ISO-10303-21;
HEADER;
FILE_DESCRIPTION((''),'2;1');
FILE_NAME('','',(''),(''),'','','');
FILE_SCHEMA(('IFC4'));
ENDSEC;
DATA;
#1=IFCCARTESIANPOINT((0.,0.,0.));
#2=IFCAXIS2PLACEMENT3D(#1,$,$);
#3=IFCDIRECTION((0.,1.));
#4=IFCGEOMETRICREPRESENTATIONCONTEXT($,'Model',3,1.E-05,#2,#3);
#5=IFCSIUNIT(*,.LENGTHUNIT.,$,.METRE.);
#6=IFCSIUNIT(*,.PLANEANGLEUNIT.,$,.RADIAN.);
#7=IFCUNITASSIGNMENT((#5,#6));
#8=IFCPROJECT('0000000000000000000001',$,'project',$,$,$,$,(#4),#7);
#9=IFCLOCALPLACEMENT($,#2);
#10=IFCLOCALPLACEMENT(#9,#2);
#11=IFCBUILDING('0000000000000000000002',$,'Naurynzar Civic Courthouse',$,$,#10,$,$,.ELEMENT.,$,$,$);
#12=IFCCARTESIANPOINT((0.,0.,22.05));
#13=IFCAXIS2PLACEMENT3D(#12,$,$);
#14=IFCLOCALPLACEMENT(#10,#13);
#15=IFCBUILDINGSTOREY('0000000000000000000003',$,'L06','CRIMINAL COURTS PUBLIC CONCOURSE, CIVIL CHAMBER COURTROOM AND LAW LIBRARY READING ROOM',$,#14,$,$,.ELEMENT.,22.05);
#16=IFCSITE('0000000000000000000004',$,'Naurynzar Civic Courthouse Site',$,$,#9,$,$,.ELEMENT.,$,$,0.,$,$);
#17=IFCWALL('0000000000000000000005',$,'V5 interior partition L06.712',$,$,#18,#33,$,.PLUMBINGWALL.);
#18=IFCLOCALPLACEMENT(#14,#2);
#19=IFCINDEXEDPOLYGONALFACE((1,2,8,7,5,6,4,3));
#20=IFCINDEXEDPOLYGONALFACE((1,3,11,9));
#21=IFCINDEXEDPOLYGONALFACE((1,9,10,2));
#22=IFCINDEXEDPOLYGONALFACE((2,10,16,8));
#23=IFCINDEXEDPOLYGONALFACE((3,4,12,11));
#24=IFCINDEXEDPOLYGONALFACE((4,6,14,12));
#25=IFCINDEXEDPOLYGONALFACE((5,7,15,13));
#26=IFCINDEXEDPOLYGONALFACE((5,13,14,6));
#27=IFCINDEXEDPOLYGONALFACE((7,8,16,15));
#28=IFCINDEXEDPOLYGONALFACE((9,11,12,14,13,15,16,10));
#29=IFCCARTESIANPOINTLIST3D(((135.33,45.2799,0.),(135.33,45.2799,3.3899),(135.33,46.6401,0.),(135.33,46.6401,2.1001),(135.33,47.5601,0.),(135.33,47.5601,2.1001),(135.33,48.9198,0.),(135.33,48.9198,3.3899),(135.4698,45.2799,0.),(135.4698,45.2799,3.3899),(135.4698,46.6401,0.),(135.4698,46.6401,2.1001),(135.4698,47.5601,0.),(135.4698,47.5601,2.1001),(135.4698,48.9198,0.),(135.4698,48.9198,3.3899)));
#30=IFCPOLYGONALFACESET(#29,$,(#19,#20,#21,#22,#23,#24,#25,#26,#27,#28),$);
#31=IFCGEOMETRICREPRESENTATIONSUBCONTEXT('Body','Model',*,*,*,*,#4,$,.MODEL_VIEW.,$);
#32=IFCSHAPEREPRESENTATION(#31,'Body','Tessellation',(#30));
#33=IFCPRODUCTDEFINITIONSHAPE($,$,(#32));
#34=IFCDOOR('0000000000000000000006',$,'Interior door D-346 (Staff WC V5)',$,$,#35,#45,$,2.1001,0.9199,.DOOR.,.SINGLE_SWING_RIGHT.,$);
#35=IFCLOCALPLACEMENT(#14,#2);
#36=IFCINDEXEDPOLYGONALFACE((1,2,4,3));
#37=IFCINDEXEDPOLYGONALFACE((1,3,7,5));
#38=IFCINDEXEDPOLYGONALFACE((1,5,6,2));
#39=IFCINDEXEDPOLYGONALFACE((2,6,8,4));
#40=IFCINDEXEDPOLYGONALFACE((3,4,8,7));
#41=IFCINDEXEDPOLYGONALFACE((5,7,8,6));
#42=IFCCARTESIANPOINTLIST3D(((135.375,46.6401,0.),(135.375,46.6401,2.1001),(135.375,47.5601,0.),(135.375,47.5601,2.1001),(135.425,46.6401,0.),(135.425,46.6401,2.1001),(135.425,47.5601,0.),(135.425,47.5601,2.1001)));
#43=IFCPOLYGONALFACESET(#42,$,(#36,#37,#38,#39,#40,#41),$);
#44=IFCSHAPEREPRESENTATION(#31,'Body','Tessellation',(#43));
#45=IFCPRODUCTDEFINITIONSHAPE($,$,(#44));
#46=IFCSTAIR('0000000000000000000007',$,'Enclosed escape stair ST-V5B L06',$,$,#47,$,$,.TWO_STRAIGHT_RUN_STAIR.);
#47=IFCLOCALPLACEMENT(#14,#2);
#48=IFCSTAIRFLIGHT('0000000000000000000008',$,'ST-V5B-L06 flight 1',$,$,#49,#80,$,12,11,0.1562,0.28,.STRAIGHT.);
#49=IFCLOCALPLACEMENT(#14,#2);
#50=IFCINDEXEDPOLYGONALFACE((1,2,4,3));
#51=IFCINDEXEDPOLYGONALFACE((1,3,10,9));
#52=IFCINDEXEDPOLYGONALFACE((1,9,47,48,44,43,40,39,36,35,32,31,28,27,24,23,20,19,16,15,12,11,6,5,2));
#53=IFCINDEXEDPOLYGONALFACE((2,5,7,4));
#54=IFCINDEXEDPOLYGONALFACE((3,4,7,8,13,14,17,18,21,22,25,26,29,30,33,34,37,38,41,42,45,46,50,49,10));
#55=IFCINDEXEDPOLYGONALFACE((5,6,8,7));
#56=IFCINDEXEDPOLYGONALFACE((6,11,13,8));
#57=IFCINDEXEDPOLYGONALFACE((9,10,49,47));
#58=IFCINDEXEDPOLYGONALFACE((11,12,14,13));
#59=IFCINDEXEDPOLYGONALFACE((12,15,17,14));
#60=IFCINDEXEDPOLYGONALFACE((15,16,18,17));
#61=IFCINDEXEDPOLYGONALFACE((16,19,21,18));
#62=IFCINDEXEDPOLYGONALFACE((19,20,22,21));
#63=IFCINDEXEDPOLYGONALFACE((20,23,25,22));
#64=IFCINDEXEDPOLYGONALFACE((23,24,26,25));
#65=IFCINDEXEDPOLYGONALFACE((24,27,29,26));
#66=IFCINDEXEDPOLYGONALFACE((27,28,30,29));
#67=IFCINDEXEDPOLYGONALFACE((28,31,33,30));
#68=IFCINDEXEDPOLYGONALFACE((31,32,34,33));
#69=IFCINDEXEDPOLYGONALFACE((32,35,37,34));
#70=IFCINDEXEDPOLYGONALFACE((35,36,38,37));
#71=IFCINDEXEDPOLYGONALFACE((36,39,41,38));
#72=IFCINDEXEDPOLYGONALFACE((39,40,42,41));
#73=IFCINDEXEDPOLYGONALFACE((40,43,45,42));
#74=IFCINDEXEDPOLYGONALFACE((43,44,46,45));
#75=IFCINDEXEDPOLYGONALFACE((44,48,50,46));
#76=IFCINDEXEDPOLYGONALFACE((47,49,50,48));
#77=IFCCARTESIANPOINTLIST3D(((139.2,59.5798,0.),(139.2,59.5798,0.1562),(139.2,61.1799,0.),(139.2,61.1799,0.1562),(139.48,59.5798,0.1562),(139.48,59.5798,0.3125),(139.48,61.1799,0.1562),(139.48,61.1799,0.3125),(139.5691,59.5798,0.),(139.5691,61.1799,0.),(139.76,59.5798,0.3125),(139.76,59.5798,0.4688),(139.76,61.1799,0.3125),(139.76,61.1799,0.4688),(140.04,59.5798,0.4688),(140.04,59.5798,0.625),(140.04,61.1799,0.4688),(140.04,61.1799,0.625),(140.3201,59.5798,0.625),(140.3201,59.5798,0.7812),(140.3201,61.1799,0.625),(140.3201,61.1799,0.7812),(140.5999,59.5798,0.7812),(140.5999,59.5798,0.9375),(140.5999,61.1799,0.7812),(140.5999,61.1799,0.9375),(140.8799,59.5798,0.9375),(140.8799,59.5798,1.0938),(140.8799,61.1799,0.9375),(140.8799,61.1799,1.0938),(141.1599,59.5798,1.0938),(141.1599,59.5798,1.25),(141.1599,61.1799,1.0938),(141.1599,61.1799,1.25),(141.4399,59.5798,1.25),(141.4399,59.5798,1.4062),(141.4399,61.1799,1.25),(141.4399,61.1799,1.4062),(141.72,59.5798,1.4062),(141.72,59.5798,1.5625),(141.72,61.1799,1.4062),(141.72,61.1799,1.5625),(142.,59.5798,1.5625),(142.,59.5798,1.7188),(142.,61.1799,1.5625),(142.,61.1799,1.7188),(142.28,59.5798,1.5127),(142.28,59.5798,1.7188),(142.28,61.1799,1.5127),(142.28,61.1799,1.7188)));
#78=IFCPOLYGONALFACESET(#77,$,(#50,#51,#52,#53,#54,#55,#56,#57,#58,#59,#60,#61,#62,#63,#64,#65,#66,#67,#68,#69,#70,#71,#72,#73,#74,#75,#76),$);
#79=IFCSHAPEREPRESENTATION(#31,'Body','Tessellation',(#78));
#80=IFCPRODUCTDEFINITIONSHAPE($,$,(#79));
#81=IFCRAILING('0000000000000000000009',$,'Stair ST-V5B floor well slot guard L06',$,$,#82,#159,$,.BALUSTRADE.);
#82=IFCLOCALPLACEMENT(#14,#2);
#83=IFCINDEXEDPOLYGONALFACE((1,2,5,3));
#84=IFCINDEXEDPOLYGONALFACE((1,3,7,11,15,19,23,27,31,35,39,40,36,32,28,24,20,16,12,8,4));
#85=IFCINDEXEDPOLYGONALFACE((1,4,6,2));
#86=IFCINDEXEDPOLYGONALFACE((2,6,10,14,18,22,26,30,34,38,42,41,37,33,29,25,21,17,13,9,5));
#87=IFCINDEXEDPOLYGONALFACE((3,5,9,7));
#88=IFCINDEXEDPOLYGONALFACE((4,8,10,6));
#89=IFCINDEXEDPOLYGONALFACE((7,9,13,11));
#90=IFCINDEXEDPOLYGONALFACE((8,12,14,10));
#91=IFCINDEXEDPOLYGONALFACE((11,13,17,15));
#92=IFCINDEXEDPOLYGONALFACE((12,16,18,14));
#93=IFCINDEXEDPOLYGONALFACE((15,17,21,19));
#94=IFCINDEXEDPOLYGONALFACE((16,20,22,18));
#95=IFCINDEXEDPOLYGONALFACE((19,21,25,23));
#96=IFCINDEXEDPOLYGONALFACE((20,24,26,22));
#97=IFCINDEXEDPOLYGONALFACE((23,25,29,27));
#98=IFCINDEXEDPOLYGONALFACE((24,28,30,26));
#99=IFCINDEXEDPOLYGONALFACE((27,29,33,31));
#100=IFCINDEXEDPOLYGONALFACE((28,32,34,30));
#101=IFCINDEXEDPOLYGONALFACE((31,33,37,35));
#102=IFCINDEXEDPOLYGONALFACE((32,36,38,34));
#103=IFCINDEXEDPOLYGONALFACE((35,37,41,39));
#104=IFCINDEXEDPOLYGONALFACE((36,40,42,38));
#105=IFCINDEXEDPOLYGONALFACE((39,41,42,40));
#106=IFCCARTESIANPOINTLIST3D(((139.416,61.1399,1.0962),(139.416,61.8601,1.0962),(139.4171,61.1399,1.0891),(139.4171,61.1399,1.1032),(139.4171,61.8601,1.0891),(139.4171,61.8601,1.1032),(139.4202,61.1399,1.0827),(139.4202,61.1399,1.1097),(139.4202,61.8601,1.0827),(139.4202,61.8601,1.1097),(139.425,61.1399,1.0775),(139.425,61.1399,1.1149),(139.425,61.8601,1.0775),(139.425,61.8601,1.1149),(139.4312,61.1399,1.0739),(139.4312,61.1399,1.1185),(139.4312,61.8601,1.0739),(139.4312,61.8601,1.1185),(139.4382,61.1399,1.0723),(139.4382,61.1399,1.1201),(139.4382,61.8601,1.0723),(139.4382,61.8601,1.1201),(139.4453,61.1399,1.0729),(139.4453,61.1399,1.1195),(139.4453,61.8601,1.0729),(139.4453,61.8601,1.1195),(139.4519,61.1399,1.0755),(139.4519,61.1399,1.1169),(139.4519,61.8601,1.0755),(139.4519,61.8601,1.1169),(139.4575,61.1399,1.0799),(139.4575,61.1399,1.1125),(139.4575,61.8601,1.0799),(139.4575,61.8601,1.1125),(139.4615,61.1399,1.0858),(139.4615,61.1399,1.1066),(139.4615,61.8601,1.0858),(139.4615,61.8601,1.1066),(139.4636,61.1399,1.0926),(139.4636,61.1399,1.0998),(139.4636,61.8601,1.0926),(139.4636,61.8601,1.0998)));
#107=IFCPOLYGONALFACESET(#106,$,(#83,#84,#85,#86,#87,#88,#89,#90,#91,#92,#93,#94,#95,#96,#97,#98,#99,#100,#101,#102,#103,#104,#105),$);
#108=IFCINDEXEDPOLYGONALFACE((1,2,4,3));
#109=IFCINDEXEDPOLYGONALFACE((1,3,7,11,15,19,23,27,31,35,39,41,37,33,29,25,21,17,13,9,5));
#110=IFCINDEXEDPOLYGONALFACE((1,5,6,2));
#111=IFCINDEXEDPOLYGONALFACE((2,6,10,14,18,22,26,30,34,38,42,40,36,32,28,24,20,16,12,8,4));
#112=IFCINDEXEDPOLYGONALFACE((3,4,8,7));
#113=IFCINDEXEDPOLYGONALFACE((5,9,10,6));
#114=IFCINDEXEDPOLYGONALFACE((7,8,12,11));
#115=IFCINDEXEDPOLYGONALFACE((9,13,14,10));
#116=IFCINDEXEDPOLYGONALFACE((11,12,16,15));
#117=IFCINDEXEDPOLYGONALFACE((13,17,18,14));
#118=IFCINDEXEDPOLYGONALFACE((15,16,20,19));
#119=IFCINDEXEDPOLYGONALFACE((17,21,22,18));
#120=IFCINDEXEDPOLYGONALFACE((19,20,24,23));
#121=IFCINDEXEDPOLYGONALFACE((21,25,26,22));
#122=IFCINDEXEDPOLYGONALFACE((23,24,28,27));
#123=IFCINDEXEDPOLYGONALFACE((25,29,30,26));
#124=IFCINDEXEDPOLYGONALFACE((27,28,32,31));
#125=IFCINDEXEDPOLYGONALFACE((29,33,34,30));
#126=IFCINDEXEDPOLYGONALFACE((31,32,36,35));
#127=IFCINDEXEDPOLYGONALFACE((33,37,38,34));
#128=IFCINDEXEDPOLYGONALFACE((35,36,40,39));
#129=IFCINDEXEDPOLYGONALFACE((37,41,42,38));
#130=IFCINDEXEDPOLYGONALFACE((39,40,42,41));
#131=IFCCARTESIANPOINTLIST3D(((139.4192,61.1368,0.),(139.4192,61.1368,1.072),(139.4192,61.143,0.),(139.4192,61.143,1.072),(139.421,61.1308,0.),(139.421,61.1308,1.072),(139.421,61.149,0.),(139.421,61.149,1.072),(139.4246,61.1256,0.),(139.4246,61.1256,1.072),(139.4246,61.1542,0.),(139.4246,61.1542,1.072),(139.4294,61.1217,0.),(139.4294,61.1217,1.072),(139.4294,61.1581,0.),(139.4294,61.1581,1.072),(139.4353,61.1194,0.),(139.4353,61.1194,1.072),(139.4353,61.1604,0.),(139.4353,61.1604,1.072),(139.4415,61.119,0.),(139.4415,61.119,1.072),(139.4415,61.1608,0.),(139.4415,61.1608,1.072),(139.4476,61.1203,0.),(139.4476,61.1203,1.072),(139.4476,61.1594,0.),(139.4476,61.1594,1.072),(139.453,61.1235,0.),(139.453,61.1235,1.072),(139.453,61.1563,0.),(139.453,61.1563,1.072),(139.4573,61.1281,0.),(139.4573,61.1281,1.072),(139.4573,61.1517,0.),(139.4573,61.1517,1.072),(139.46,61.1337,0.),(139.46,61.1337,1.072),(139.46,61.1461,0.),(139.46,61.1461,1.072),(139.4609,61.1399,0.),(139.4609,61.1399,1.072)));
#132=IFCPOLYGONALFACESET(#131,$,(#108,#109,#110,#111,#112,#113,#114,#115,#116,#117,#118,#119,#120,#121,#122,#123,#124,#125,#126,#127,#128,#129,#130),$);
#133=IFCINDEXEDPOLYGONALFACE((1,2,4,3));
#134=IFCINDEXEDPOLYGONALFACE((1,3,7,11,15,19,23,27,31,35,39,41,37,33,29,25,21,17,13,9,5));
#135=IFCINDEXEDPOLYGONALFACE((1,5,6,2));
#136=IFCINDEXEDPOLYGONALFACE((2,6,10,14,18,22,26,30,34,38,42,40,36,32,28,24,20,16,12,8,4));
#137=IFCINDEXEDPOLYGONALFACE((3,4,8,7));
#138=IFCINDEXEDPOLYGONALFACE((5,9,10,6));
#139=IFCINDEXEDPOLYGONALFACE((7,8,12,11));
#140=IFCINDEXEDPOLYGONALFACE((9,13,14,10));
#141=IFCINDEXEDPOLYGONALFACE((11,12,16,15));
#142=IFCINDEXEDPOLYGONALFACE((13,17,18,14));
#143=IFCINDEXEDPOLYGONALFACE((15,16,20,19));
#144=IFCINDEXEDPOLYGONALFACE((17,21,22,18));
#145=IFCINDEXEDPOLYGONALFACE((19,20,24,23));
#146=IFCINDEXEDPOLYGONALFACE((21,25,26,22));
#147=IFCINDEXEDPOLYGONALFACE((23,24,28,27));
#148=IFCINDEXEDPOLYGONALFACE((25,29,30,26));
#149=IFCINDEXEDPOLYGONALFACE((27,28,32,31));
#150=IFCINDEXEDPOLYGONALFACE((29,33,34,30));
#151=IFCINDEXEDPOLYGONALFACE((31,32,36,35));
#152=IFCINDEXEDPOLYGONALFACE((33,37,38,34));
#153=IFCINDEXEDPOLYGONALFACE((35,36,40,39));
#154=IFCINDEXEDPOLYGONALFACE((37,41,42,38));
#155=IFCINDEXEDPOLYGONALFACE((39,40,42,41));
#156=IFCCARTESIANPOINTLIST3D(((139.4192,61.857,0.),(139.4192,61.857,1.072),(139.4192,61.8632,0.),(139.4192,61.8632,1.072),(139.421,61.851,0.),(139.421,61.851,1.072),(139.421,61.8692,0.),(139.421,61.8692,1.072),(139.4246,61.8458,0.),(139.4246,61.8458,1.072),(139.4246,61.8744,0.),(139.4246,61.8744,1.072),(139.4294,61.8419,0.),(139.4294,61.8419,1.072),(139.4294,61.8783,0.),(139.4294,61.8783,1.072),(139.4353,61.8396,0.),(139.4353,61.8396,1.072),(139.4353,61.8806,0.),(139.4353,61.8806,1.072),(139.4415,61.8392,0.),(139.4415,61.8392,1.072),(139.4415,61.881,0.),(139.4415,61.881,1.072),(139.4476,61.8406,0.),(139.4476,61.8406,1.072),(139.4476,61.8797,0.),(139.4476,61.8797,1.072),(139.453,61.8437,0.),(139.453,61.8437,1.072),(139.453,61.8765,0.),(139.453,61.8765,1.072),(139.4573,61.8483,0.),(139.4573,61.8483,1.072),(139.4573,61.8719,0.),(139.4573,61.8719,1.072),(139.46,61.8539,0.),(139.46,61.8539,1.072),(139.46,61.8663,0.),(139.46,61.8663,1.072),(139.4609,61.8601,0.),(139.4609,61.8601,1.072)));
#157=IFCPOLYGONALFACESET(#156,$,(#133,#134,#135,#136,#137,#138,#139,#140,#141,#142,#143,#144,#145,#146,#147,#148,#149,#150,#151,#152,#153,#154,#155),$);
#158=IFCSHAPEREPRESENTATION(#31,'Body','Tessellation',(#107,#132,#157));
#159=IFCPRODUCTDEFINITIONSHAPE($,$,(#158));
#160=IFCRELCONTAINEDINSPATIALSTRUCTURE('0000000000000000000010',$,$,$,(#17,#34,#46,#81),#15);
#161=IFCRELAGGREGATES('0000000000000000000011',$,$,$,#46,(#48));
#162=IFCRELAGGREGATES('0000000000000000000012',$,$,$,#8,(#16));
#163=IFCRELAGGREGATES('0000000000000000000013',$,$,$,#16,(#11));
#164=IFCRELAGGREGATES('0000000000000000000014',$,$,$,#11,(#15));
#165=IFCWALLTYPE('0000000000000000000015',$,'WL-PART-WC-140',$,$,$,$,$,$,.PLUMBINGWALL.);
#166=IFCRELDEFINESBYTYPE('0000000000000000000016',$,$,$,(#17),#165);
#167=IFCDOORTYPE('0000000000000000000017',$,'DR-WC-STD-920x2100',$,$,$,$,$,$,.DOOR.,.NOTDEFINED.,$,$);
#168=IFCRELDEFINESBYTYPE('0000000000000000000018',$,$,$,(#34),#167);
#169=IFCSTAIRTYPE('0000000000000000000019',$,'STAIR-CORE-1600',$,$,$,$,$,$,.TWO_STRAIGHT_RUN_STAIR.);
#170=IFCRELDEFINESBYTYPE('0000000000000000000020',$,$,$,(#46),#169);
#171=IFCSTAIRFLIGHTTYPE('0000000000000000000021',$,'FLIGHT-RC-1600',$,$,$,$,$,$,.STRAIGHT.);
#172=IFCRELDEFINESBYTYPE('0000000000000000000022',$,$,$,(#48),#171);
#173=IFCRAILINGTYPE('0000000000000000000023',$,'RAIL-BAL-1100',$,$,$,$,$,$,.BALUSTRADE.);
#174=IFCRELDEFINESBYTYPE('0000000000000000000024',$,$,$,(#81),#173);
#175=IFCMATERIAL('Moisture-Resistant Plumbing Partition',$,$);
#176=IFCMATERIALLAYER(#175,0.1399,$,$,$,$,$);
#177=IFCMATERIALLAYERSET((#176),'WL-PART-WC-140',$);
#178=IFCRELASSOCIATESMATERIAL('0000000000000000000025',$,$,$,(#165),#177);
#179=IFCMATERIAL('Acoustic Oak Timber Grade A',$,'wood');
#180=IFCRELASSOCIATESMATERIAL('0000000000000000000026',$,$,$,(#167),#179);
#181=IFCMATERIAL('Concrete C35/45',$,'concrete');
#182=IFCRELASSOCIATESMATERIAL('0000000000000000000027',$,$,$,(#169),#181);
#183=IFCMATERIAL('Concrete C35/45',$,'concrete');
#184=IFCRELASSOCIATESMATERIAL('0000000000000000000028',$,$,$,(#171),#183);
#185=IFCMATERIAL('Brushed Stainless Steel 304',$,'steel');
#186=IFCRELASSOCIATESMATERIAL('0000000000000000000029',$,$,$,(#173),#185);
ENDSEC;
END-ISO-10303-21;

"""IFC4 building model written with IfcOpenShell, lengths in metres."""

from ifc_helpers import new_model, si_unit, direction, frame, frame_2d, origin, origin_2d, place, context, subcontext, project, spatial, polyline, rectangle, circle, outline, extrude, material, layer, layer_set, type_object, element, fill, aggregate, save


model = new_model("IFC4")

# Units and contexts
model_context = context("Model", 3, precision=1e-05, world=origin(), true_north=direction((0.0, 1.0)))
body_context = subcontext(model_context, "Body", "Model", "MODEL_VIEW")
ifc_project = project(units=[si_unit("LENGTHUNIT", "METRE"), si_unit("PLANEANGLEUNIT", "RADIAN")], contexts=[model_context])

# Site, building, storey
site_placement = place(None, origin())
site = spatial("IfcSite", under=ifc_project, at=site_placement, Name="Naurynzar Civic Courthouse Site", CompositionType="ELEMENT", RefElevation=0.0)
building_placement = place(site_placement, origin())
building = spatial("IfcBuilding", under=site, at=building_placement, Name="Naurynzar Civic Courthouse", CompositionType="ELEMENT")
storey_placement = place(building_placement, frame((0.0, 0.0, 22.05)))
storey = spatial("IfcBuildingStorey", under=building, at=storey_placement, Name="L06", Description="CRIMINAL COURTS PUBLIC CONCOURSE, CIVIL CHAMBER COURTROOM AND LAW LIBRARY READING ROOM", CompositionType="ELEMENT", Elevation=22.05)

# Shared definitions
ifc_material_1 = material(Name="Moisture-Resistant Plumbing Partition")
ifc_layer_1 = layer(ifc_material_1, 0.1399)
ifc_layer_set_1 = layer_set([ifc_layer_1], Name="WL-PART-WC-140")
wall_type_1 = type_object("IfcWallType", Name="WL-PART-WC-140", PredefinedType="PLUMBINGWALL", material=ifc_layer_set_1)

# Wall, opening, door
wall_1_placement = place(storey_placement, frame((135.3999, 45.28, 0.0), z_axis=(0.0, 0.0, 1.0), x_axis=(0.0, 1.0, 0.0)))
wall_1 = element("IfcWall", 1, at=wall_1_placement, inside=storey, type_object=wall_type_1, Name="V5 interior partition L06.712", PredefinedType="PLUMBINGWALL", context=body_context, shape_type="SweptSolid", body=[
    extrude(rectangle(XDim=3.6399, YDim=0.1399, at=frame_2d((1.8198, 0.0))), origin(), (0.0, 0.0, 1.0), 3.3899),
])
opening_1_placement = place(wall_1_placement, frame((1.3601, 0.0, 0.0)))
opening_1 = element("IfcOpeningElement", 2, at=opening_1_placement, cuts=wall_1, PredefinedType="OPENING", context=body_context, shape_type="SweptSolid", body=[
    extrude(rectangle(XDim=0.9199, YDim=2.1001, at=frame_2d((0.46, 1.05))), frame((0.0, 0.0798, 0.0), z_axis=(0.0, -1.0, 0.0), x_axis=(1.0, 0.0, 0.0)), (0.0, 0.0, 1.0), 0.1599),
])
ifc_material_2 = material(Name="Acoustic Oak Timber Grade A", Category="wood")
door_type_1 = type_object("IfcDoorType", Name="DR-WC-STD-920x2100", OperationType="NOTDEFINED", PredefinedType="DOOR", material=ifc_material_2)
door_1_placement = place(opening_1_placement, origin())
door_1 = element("IfcDoor", 3, at=door_1_placement, inside=storey, type_object=door_type_1, Name="Interior door D-346 (Staff WC V5)", OperationType="SINGLE_SWING_RIGHT", OverallHeight=2.1001, OverallWidth=0.9199, PredefinedType="DOOR", context=body_context, shape_type="SweptSolid", body=[
    extrude(rectangle(XDim=0.9199, YDim=2.1001, at=frame_2d((0.46, 1.05))), frame((0.0, 0.0249, 0.0), z_axis=(0.0, -1.0, 0.0), x_axis=(1.0, 0.0, 0.0)), (0.0, 0.0, 1.0), 0.05),
])
fill(opening_1, door_1)

# Stair, stair flight
ifc_material_3 = material(Name="Concrete C35/45", Category="concrete")
stair_type = type_object("IfcStairType", Name="STAIR-CORE-1600", PredefinedType="TWO_STRAIGHT_RUN_STAIR", material=ifc_material_3)
stair_placement = place(storey_placement, origin())
stair = element("IfcStair", 4, at=stair_placement, inside=storey, type_object=stair_type, Name="Enclosed escape stair ST-V5B L06", PredefinedType="TWO_STRAIGHT_RUN_STAIR")
ifc_material_4 = material(Name="Concrete C35/45", Category="concrete")
stair_flight_type = type_object("IfcStairFlightType", Name="FLIGHT-RC-1600", PredefinedType="STRAIGHT", material=ifc_material_4)
stair_flight_placement = place(storey_placement, frame((139.2, 60.3799, 0.0), z_axis=(0.0, 0.0, 1.0), x_axis=(1.0, 0.0, 0.0)))
stair_flight = element("IfcStairFlight", 5, at=stair_flight_placement, type_object=stair_flight_type, Name="ST-V5B-L06 flight 1", NumberOfRisers=12, NumberOfTreads=11, PredefinedType="STRAIGHT", RiserHeight=0.1562, TreadLength=0.28, context=body_context, shape_type="SweptSolid", body=[
    extrude(outline(polyline([(0.0, 0.0), (0.0, 0.1562), (0.28, 0.1562), (0.28, 0.3125), (0.5601, 0.3125), (0.5601, 0.4688), (0.8401, 0.4688), (0.8401, 0.625), (1.1201, 0.625), (1.1201, 0.7812), (1.3999, 0.7812), (1.3999, 0.9375), (1.6799, 0.9375), (1.6799, 1.0938), (1.96, 1.0938), (1.96, 1.25), (2.24, 1.25), (2.24, 1.4062), (2.52, 1.4062), (2.52, 1.5625), (2.8, 1.5625), (2.8, 1.7188), (3.0801, 1.7188), (3.0801, 1.875), (3.0801, 1.5127), (0.3691, 0.0), (0.0, 0.0)])), frame((0.0, 0.8, 0.0), z_axis=(0.0, -1.0, 0.0), x_axis=(1.0, 0.0, 0.0)), (0.0, 0.0, 1.0), 1.6001),
])
aggregate(stair, [stair_flight])

# Railing
ifc_material_5 = material(Name="Brushed Stainless Steel 304", Category="steel")
railing_type_1 = type_object("IfcRailingType", Name="RAIL-BAL-1100", PredefinedType="BALUSTRADE", material=ifc_material_5)
railing_1_placement = place(storey_placement, frame((139.4399, 61.1399, 0.0)))
element("IfcRailing", 6, at=railing_1_placement, inside=storey, type_object=railing_type_1, Name="Stair ST-V5B floor well slot guard L06", PredefinedType="BALUSTRADE", context=body_context, shape_type="SweptSolid", body=[
    extrude(circle(Radius=0.0239, at=origin_2d()), frame((0.0, 0.0, 1.0962), z_axis=(0.0, 1.0, 0.0), x_axis=(-1.0, 0.0, 0.0)), (0.0, 0.0, 1.0), 0.7202),
    extrude(circle(Radius=0.021, at=origin_2d()), origin(), (0.0, 0.0, 1.0), 1.072),
    extrude(circle(Radius=0.021, at=origin_2d()), frame((0.0, 0.7202, 0.0)), (0.0, 0.0, 1.0), 1.072),
])

save(model, "model.ifc")
